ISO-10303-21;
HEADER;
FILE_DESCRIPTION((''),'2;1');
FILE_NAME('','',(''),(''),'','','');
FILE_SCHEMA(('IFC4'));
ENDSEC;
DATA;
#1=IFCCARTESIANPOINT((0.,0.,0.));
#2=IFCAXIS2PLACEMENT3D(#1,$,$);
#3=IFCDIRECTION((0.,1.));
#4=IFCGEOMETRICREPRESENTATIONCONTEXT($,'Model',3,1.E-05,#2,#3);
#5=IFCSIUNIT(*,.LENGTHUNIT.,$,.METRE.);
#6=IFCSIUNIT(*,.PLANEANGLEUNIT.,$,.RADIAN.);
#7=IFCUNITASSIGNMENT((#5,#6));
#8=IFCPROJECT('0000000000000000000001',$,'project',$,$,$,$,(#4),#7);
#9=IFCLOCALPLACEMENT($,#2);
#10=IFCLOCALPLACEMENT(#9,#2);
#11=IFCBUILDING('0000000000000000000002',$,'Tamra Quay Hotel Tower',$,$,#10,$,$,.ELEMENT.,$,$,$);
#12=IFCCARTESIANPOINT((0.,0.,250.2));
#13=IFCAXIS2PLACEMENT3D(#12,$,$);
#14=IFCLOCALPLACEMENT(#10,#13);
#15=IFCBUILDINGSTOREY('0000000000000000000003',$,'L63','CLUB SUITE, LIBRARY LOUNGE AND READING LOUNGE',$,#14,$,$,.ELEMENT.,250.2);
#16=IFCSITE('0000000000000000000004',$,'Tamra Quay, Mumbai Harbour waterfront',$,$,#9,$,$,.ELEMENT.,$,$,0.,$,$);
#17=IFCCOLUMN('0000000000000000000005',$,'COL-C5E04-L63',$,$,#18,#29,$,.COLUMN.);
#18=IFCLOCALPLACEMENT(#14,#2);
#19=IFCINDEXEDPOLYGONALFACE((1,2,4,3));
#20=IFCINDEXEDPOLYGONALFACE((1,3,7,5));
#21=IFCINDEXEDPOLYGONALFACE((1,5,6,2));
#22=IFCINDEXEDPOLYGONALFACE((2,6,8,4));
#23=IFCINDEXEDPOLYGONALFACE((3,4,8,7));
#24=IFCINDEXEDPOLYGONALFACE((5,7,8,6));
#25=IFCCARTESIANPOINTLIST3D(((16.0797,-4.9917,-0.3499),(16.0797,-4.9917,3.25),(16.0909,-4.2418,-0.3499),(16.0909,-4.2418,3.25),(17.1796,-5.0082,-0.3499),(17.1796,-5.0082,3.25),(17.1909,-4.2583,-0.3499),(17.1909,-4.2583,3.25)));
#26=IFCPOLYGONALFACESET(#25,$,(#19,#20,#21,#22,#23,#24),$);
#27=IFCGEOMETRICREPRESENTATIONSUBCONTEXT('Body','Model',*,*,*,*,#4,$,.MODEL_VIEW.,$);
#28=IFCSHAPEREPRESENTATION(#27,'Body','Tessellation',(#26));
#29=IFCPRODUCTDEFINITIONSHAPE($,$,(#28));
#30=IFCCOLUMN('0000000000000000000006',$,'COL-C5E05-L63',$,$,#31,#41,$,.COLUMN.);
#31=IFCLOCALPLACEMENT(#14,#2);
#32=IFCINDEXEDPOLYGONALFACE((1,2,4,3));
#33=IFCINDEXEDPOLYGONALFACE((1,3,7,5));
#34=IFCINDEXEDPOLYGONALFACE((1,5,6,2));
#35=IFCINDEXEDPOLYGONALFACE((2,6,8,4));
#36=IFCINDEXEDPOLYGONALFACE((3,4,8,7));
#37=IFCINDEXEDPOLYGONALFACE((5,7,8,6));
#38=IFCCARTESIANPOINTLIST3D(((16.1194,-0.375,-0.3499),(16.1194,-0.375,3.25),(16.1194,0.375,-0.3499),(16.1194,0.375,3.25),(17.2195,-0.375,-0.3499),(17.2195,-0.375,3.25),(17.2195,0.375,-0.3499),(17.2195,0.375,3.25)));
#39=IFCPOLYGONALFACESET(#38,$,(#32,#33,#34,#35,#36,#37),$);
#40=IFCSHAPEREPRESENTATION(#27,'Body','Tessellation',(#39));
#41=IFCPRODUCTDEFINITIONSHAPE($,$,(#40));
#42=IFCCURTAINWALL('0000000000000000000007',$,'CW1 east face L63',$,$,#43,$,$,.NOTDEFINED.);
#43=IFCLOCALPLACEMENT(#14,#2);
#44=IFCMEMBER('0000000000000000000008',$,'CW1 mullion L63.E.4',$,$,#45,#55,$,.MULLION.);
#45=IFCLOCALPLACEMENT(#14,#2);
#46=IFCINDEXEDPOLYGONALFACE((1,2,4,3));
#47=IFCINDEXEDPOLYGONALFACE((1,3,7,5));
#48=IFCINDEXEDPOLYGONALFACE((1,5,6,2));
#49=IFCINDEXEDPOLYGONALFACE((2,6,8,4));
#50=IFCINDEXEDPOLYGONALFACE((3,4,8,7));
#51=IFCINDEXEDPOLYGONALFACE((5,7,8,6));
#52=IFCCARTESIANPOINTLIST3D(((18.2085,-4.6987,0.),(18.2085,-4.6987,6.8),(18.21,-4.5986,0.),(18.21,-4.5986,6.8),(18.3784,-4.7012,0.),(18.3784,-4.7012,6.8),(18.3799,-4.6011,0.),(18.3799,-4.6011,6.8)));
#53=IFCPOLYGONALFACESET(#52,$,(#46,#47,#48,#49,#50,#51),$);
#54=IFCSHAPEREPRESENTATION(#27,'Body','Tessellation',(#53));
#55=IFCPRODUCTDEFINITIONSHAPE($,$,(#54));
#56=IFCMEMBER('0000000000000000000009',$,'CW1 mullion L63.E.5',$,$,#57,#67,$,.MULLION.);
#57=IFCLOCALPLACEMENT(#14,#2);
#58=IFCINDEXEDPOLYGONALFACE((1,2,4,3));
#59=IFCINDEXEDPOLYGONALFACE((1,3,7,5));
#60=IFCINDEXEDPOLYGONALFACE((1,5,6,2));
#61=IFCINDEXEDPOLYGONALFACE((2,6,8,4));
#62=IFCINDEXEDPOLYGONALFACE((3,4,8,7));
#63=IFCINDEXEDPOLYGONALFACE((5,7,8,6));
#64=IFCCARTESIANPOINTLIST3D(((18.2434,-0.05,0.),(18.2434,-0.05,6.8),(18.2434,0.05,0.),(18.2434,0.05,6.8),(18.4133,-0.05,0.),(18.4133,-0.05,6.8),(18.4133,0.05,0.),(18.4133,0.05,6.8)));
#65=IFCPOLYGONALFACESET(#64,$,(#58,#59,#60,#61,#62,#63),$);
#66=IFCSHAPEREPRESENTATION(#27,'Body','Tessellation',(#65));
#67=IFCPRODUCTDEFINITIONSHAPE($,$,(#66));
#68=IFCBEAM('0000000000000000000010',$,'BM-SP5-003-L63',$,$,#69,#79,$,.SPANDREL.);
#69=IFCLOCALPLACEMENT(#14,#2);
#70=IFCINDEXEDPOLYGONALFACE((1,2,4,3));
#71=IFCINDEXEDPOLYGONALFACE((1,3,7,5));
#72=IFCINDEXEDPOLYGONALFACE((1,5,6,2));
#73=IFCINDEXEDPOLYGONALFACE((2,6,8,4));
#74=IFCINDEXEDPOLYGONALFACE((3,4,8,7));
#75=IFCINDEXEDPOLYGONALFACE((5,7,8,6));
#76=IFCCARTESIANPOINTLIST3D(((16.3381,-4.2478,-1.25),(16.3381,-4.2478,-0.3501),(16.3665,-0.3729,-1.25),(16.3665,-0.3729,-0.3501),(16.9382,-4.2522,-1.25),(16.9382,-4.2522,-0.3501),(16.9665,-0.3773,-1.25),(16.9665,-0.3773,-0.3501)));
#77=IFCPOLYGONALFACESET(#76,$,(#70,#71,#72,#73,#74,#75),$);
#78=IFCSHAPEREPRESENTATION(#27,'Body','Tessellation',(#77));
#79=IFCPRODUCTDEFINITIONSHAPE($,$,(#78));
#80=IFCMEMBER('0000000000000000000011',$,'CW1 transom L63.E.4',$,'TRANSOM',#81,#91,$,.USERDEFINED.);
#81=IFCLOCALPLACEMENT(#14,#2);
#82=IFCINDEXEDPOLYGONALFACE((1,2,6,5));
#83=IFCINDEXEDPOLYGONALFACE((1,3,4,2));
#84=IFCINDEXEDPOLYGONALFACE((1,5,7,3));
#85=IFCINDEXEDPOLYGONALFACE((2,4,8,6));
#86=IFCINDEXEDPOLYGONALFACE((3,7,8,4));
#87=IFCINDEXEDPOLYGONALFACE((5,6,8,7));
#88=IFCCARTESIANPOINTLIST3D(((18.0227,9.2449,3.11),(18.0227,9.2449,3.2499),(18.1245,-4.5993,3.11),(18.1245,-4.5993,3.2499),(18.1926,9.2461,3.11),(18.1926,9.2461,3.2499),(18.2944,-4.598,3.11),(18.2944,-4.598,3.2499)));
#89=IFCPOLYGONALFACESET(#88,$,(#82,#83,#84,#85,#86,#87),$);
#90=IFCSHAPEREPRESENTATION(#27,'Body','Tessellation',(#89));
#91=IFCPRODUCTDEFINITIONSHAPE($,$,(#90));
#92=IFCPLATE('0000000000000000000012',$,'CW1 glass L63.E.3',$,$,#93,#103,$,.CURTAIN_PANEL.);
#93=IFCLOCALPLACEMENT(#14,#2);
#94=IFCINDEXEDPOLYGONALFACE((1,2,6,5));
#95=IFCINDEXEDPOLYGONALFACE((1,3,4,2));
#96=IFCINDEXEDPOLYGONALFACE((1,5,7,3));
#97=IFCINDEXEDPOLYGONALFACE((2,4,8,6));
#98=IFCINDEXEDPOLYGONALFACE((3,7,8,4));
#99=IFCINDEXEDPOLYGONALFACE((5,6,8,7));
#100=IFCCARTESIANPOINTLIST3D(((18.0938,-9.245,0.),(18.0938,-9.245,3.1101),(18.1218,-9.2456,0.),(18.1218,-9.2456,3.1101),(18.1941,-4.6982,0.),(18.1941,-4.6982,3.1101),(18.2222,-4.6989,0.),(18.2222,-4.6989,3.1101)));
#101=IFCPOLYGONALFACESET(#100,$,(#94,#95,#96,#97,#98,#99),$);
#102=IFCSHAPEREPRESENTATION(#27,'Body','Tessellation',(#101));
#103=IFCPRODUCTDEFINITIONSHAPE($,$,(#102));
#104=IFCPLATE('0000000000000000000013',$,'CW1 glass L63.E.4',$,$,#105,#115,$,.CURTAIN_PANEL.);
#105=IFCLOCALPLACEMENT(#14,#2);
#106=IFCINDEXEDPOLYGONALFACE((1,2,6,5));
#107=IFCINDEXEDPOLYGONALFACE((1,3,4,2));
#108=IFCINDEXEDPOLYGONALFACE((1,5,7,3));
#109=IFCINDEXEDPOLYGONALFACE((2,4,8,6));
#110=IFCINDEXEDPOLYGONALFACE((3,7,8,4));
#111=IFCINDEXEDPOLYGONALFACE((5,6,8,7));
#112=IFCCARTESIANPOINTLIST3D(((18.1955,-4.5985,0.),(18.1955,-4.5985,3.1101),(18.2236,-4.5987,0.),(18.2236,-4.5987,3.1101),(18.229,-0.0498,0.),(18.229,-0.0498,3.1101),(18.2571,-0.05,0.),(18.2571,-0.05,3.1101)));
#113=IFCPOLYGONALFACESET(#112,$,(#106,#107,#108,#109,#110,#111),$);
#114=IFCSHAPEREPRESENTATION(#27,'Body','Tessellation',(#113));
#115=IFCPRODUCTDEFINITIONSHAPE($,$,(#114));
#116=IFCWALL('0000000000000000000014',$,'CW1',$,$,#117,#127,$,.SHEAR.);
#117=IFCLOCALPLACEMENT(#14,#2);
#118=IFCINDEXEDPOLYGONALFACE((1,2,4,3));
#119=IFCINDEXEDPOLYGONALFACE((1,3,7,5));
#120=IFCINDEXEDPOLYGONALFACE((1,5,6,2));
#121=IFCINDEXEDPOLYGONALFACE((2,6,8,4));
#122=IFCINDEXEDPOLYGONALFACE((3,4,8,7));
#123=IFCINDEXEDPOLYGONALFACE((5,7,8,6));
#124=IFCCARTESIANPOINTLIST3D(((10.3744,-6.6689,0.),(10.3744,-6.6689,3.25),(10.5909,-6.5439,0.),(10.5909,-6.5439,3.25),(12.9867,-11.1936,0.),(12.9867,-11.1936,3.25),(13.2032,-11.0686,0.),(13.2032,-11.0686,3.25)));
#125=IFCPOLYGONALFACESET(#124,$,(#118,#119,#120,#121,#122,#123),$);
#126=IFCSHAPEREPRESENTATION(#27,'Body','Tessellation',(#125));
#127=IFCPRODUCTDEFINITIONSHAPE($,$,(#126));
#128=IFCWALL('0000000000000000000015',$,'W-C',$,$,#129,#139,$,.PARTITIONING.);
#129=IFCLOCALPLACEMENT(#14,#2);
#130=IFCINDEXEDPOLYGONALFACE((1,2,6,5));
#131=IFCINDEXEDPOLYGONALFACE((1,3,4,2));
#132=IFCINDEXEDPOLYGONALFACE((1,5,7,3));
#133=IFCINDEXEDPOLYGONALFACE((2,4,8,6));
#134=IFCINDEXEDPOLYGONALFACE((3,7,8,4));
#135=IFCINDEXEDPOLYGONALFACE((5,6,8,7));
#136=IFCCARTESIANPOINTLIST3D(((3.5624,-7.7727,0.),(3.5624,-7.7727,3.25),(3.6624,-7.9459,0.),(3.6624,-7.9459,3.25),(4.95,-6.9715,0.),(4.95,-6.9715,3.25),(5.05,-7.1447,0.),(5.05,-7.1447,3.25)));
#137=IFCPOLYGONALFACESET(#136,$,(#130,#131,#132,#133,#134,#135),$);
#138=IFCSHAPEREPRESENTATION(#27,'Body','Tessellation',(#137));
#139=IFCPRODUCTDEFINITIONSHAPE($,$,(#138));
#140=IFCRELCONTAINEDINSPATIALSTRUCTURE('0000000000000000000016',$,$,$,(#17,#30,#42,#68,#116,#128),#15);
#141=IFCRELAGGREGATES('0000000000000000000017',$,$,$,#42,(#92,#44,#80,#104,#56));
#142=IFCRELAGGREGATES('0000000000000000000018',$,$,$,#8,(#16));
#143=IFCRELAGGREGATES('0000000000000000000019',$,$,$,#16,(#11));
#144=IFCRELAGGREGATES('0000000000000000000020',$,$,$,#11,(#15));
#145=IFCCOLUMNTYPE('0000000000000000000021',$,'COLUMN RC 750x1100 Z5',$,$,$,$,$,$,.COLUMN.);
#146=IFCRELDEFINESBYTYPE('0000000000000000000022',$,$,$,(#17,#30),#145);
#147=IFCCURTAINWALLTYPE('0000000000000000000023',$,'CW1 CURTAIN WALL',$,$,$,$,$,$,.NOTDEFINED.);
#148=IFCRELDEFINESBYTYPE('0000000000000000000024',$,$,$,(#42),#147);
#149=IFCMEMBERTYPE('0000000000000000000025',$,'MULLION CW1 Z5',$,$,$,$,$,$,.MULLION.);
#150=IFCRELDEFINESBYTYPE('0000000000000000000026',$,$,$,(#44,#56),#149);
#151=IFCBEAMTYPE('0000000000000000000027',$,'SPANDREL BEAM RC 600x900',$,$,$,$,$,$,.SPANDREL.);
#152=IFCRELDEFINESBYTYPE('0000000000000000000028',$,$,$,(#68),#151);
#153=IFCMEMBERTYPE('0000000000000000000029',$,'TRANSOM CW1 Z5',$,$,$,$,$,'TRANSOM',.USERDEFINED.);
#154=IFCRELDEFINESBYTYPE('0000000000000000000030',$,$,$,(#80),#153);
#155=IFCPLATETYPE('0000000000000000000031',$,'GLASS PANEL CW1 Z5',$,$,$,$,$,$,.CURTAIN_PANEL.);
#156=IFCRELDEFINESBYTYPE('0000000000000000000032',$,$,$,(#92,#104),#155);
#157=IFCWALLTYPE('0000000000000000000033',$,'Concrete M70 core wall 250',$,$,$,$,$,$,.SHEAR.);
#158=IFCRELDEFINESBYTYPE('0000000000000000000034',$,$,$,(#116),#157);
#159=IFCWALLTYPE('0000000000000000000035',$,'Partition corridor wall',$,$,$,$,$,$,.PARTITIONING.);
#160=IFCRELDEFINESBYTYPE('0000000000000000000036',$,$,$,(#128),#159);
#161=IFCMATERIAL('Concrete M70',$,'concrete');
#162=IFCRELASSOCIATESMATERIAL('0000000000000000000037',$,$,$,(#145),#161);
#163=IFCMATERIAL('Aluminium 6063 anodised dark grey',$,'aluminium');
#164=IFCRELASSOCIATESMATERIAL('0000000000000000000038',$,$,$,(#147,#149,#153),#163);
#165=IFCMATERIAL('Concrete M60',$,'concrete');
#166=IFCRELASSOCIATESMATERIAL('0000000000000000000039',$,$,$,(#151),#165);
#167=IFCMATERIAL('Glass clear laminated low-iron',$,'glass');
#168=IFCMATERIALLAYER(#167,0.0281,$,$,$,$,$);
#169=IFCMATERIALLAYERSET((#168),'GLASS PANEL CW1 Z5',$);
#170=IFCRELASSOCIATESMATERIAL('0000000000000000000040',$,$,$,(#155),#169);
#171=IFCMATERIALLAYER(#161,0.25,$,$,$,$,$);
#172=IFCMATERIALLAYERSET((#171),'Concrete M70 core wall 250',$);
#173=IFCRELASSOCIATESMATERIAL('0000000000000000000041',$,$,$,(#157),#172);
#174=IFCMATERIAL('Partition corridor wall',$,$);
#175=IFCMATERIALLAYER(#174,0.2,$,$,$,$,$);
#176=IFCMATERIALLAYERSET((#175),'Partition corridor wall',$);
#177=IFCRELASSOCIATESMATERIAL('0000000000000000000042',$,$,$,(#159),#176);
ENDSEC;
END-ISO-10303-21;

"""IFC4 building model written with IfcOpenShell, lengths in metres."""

from ifc_helpers import new_model, si_unit, direction, frame, frame_2d, origin, origin_2d, place, context, subcontext, project, spatial, rectangle, extrude, material, layer, layer_set, material_profile, profile_set, type_object, element, aggregate, save


model = new_model("IFC4")

# Units and contexts
model_context = context("Model", 3, precision=1e-05, world=origin(), true_north=direction((0.0, 1.0)))
body_context = subcontext(model_context, "Body", "Model", "MODEL_VIEW")
ifc_project = project(units=[si_unit("LENGTHUNIT", "METRE"), si_unit("PLANEANGLEUNIT", "RADIAN")], contexts=[model_context])

# Site, building, storey
site_placement = place(None, origin())
site = spatial("IfcSite", under=ifc_project, at=site_placement, Name="Tamra Quay, Mumbai Harbour waterfront", CompositionType="ELEMENT", RefElevation=0.0)
building_placement = place(site_placement, origin())
building = spatial("IfcBuilding", under=site, at=building_placement, Name="Tamra Quay Hotel Tower", CompositionType="ELEMENT")
storey_placement = place(building_placement, frame((0.0, 0.0, 250.2)))
storey = spatial("IfcBuildingStorey", under=building, at=storey_placement, Name="L63", Description="CLUB SUITE, LIBRARY LOUNGE AND READING LOUNGE", CompositionType="ELEMENT", Elevation=250.2)

# Columns
ifc_material_1 = material(Name="Concrete M70", Category="concrete")
ifc_material_profile_1 = material_profile(ifc_material_1, rectangle(XDim=1.1001, YDim=0.75, at=origin_2d()), Name="COLUMN RC 750x1100 Z5")
ifc_profile_set_1 = profile_set([ifc_material_profile_1], Name="Concrete M70")
column_type = type_object("IfcColumnType", Name="COLUMN RC 750x1100 Z5", PredefinedType="COLUMN", material=ifc_profile_set_1)
for number, where, z_axis, x_axis, name in (
    (1, (16.6353, -4.625, -0.3499), (0.0, 0.0, 1.0), (-0.999888, 0.014959, 0.0), "COL-C5E04-L63"),
    (2, (16.6694, 0.0, -0.3499), (0.0, 0.0, 1.0), (1.0, 0.0, 0.0), "COL-C5E05-L63"),
):
    element("IfcColumn", number, at=place(storey_placement, frame(where, z_axis=z_axis, x_axis=x_axis)), inside=storey, type_object=column_type, Name=name, PredefinedType="COLUMN", context=body_context, shape_type="SweptSolid", body=[
        extrude(rectangle(XDim=1.1001, YDim=0.75, at=origin_2d()), origin(), (0.0, 0.0, 1.0), 3.5999),
    ])

# Curtain wall, members
ifc_material_2 = material(Name="Aluminium 6063 anodised dark grey", Category="aluminium")
curtain_wall_type = type_object("IfcCurtainWallType", Name="CW1 CURTAIN WALL", PredefinedType="NOTDEFINED", material=ifc_material_2)
curtain_wall_placement = place(storey_placement, origin())
curtain_wall = element("IfcCurtainWall", 3, at=curtain_wall_placement, inside=storey, type_object=curtain_wall_type, Name="CW1 east face L63", PredefinedType="NOTDEFINED")
ifc_material_profile_2 = material_profile(ifc_material_2, rectangle(XDim=0.1699, YDim=0.1001, at=origin_2d()), Name="MULLION 100X170")
ifc_profile_set_2 = profile_set([ifc_material_profile_2], Name="Aluminium 6063 anodised dark grey")
member_type_1 = type_object("IfcMemberType", Name="MULLION CW1 Z5", PredefinedType="MULLION", material=ifc_profile_set_2)
member_1_placement = place(storey_placement, frame((18.2942, -4.6499, 0.0), z_axis=(0.0, 0.0, 1.0), x_axis=(0.999892, -0.014713, 0.0)))
member_1 = element("IfcMember", 4, at=member_1_placement, type_object=member_type_1, Name="CW1 mullion L63.E.4", PredefinedType="MULLION", context=body_context, shape_type="SweptSolid", body=[
    extrude(rectangle(XDim=0.1699, YDim=0.1001, at=origin_2d()), origin(), (0.0, 0.0, 1.0), 6.8),
])
member_2_placement = place(storey_placement, frame((18.3284, 0.0, 0.0), z_axis=(0.0, 0.0, 1.0), x_axis=(1.0, 0.0, 0.0)))
member_2 = element("IfcMember", 5, at=member_2_placement, type_object=member_type_1, Name="CW1 mullion L63.E.5", PredefinedType="MULLION", context=body_context, shape_type="SweptSolid", body=[
    extrude(rectangle(XDim=0.1699, YDim=0.1001, at=origin_2d()), origin(), (0.0, 0.0, 1.0), 6.8),
])

# Beam
ifc_material_3 = material(Name="Concrete M60", Category="concrete")
ifc_material_profile_3 = material_profile(ifc_material_3, rectangle(XDim=0.6001, YDim=0.8999, at=origin_2d()), Name="SPANDREL BEAM RC 600x900")
ifc_profile_set_3 = profile_set([ifc_material_profile_3], Name="Concrete M60")
beam_type = type_object("IfcBeamType", Name="SPANDREL BEAM RC 600x900", PredefinedType="SPANDREL", material=ifc_profile_set_3)
beam_placement = place(storey_placement, frame((16.6382, -4.25, -0.8), z_axis=(0.007308, 0.999973, 0.0), x_axis=(-0.999973, 0.007308, 0.0)))
element("IfcBeam", 6, at=beam_placement, inside=storey, type_object=beam_type, Name="BM-SP5-003-L63", PredefinedType="SPANDREL", context=body_context, shape_type="SweptSolid", body=[
    extrude(rectangle(XDim=0.6001, YDim=0.8999, at=origin_2d()), origin(), (0.0, 0.0, 1.0), 3.875),
])

# Member
ifc_material_profile_4 = material_profile(ifc_material_2, rectangle(XDim=0.1699, YDim=0.1399, at=origin_2d()), Name="TRANSOM 170X140")
ifc_profile_set_4 = profile_set([ifc_material_profile_4], Name="Aluminium 6063 anodised dark grey")
member_type_2 = type_object("IfcMemberType", Name="TRANSOM CW1 Z5", ElementType="TRANSOM", PredefinedType="USERDEFINED", material=ifc_profile_set_4)
member_3_placement = place(storey_placement, frame((18.2095, -4.5986, 3.1799), z_axis=(-0.007354, 0.999973, 0.0), x_axis=(-0.999973, -0.007354, 0.0)))
member_3 = element("IfcMember", 7, at=member_3_placement, type_object=member_type_2, Name="CW1 transom L63.E.4", ObjectType="TRANSOM", PredefinedType="USERDEFINED", context=body_context, shape_type="SweptSolid", body=[
    extrude(rectangle(XDim=0.1699, YDim=0.1399, at=origin_2d()), origin(), (0.0, 0.0, 1.0), 13.8445),
])

# Plates
ifc_material_4 = material(Name="Glass clear laminated low-iron", Category="glass")
ifc_layer_1 = layer(ifc_material_4, 0.0281)
ifc_layer_set_1 = layer_set([ifc_layer_1], Name="GLASS PANEL CW1 Z5")
plate_type = type_object("IfcPlateType", Name="GLASS PANEL CW1 Z5", PredefinedType="CURTAIN_PANEL", material=ifc_layer_set_1)
plate_1_placement = place(storey_placement, frame((18.158, -6.9719, 0.0), z_axis=(0.0, 0.0, 1.0), x_axis=(0.022063, 0.999757, 0.0)))
plate_1 = element("IfcPlate", 8, at=plate_1_placement, type_object=plate_type, Name="CW1 glass L63.E.3", PredefinedType="CURTAIN_PANEL", context=body_context, shape_type="SweptSolid", body=[
    extrude(rectangle(XDim=4.5479, YDim=0.0281, at=origin_2d()), origin(), (0.0, 0.0, 1.0), 3.1101),
])
plate_2_placement = place(storey_placement, frame((18.2263, -2.3242, 0.0), z_axis=(0.0, 0.0, 1.0), x_axis=(0.007362, 0.999973, 0.0)))
plate_2 = element("IfcPlate", 9, at=plate_2_placement, type_object=plate_type, Name="CW1 glass L63.E.4", PredefinedType="CURTAIN_PANEL", context=body_context, shape_type="SweptSolid", body=[
    extrude(rectangle(XDim=4.5488, YDim=0.0281, at=origin_2d()), origin(), (0.0, 0.0, 1.0), 3.1101),
])
aggregate(curtain_wall, [plate_1, member_1, member_3, plate_2, member_2])

# Walls
ifc_layer_2 = layer(ifc_material_1, 0.25)
ifc_layer_set_2 = layer_set([ifc_layer_2], Name="Concrete M70 core wall 250")
wall_type_1 = type_object("IfcWallType", Name="Concrete M70 core wall 250", PredefinedType="SHEAR", material=ifc_layer_set_2)
wall_1_placement = place(storey_placement, frame((10.4827, -6.6064, 0.0), z_axis=(0.0, 0.0, 1.0), x_axis=(0.499999, -0.866026, 0.0)))
element("IfcWall", 10, at=wall_1_placement, inside=storey, type_object=wall_type_1, Name="CW1", PredefinedType="SHEAR", context=body_context, shape_type="SweptSolid", body=[
    extrude(rectangle(XDim=5.2246, YDim=0.25, at=frame_2d((2.6123, 0.0))), origin(), (0.0, 0.0, 1.0), 3.25),
])
ifc_material_5 = material(Name="Partition corridor wall")
ifc_layer_3 = layer(ifc_material_5, 0.2)
ifc_layer_set_3 = layer_set([ifc_layer_3], Name="Partition corridor wall")
wall_type_2 = type_object("IfcWallType", Name="Partition corridor wall", PredefinedType="PARTITIONING", material=ifc_layer_set_3)
wall_2_placement = place(storey_placement, frame((3.6123, -7.8594, 0.0), z_axis=(0.0, 0.0, 1.0), x_axis=(0.866003, 0.500039, 0.0)))
element("IfcWall", 11, at=wall_2_placement, inside=storey, type_object=wall_type_2, Name="W-C", PredefinedType="PARTITIONING", context=body_context, shape_type="SweptSolid", body=[
    extrude(rectangle(XDim=1.6023, YDim=0.2, at=frame_2d((0.8013, 0.0))), origin(), (0.0, 0.0, 1.0), 3.25),
])

save(model, "model.ifc")
